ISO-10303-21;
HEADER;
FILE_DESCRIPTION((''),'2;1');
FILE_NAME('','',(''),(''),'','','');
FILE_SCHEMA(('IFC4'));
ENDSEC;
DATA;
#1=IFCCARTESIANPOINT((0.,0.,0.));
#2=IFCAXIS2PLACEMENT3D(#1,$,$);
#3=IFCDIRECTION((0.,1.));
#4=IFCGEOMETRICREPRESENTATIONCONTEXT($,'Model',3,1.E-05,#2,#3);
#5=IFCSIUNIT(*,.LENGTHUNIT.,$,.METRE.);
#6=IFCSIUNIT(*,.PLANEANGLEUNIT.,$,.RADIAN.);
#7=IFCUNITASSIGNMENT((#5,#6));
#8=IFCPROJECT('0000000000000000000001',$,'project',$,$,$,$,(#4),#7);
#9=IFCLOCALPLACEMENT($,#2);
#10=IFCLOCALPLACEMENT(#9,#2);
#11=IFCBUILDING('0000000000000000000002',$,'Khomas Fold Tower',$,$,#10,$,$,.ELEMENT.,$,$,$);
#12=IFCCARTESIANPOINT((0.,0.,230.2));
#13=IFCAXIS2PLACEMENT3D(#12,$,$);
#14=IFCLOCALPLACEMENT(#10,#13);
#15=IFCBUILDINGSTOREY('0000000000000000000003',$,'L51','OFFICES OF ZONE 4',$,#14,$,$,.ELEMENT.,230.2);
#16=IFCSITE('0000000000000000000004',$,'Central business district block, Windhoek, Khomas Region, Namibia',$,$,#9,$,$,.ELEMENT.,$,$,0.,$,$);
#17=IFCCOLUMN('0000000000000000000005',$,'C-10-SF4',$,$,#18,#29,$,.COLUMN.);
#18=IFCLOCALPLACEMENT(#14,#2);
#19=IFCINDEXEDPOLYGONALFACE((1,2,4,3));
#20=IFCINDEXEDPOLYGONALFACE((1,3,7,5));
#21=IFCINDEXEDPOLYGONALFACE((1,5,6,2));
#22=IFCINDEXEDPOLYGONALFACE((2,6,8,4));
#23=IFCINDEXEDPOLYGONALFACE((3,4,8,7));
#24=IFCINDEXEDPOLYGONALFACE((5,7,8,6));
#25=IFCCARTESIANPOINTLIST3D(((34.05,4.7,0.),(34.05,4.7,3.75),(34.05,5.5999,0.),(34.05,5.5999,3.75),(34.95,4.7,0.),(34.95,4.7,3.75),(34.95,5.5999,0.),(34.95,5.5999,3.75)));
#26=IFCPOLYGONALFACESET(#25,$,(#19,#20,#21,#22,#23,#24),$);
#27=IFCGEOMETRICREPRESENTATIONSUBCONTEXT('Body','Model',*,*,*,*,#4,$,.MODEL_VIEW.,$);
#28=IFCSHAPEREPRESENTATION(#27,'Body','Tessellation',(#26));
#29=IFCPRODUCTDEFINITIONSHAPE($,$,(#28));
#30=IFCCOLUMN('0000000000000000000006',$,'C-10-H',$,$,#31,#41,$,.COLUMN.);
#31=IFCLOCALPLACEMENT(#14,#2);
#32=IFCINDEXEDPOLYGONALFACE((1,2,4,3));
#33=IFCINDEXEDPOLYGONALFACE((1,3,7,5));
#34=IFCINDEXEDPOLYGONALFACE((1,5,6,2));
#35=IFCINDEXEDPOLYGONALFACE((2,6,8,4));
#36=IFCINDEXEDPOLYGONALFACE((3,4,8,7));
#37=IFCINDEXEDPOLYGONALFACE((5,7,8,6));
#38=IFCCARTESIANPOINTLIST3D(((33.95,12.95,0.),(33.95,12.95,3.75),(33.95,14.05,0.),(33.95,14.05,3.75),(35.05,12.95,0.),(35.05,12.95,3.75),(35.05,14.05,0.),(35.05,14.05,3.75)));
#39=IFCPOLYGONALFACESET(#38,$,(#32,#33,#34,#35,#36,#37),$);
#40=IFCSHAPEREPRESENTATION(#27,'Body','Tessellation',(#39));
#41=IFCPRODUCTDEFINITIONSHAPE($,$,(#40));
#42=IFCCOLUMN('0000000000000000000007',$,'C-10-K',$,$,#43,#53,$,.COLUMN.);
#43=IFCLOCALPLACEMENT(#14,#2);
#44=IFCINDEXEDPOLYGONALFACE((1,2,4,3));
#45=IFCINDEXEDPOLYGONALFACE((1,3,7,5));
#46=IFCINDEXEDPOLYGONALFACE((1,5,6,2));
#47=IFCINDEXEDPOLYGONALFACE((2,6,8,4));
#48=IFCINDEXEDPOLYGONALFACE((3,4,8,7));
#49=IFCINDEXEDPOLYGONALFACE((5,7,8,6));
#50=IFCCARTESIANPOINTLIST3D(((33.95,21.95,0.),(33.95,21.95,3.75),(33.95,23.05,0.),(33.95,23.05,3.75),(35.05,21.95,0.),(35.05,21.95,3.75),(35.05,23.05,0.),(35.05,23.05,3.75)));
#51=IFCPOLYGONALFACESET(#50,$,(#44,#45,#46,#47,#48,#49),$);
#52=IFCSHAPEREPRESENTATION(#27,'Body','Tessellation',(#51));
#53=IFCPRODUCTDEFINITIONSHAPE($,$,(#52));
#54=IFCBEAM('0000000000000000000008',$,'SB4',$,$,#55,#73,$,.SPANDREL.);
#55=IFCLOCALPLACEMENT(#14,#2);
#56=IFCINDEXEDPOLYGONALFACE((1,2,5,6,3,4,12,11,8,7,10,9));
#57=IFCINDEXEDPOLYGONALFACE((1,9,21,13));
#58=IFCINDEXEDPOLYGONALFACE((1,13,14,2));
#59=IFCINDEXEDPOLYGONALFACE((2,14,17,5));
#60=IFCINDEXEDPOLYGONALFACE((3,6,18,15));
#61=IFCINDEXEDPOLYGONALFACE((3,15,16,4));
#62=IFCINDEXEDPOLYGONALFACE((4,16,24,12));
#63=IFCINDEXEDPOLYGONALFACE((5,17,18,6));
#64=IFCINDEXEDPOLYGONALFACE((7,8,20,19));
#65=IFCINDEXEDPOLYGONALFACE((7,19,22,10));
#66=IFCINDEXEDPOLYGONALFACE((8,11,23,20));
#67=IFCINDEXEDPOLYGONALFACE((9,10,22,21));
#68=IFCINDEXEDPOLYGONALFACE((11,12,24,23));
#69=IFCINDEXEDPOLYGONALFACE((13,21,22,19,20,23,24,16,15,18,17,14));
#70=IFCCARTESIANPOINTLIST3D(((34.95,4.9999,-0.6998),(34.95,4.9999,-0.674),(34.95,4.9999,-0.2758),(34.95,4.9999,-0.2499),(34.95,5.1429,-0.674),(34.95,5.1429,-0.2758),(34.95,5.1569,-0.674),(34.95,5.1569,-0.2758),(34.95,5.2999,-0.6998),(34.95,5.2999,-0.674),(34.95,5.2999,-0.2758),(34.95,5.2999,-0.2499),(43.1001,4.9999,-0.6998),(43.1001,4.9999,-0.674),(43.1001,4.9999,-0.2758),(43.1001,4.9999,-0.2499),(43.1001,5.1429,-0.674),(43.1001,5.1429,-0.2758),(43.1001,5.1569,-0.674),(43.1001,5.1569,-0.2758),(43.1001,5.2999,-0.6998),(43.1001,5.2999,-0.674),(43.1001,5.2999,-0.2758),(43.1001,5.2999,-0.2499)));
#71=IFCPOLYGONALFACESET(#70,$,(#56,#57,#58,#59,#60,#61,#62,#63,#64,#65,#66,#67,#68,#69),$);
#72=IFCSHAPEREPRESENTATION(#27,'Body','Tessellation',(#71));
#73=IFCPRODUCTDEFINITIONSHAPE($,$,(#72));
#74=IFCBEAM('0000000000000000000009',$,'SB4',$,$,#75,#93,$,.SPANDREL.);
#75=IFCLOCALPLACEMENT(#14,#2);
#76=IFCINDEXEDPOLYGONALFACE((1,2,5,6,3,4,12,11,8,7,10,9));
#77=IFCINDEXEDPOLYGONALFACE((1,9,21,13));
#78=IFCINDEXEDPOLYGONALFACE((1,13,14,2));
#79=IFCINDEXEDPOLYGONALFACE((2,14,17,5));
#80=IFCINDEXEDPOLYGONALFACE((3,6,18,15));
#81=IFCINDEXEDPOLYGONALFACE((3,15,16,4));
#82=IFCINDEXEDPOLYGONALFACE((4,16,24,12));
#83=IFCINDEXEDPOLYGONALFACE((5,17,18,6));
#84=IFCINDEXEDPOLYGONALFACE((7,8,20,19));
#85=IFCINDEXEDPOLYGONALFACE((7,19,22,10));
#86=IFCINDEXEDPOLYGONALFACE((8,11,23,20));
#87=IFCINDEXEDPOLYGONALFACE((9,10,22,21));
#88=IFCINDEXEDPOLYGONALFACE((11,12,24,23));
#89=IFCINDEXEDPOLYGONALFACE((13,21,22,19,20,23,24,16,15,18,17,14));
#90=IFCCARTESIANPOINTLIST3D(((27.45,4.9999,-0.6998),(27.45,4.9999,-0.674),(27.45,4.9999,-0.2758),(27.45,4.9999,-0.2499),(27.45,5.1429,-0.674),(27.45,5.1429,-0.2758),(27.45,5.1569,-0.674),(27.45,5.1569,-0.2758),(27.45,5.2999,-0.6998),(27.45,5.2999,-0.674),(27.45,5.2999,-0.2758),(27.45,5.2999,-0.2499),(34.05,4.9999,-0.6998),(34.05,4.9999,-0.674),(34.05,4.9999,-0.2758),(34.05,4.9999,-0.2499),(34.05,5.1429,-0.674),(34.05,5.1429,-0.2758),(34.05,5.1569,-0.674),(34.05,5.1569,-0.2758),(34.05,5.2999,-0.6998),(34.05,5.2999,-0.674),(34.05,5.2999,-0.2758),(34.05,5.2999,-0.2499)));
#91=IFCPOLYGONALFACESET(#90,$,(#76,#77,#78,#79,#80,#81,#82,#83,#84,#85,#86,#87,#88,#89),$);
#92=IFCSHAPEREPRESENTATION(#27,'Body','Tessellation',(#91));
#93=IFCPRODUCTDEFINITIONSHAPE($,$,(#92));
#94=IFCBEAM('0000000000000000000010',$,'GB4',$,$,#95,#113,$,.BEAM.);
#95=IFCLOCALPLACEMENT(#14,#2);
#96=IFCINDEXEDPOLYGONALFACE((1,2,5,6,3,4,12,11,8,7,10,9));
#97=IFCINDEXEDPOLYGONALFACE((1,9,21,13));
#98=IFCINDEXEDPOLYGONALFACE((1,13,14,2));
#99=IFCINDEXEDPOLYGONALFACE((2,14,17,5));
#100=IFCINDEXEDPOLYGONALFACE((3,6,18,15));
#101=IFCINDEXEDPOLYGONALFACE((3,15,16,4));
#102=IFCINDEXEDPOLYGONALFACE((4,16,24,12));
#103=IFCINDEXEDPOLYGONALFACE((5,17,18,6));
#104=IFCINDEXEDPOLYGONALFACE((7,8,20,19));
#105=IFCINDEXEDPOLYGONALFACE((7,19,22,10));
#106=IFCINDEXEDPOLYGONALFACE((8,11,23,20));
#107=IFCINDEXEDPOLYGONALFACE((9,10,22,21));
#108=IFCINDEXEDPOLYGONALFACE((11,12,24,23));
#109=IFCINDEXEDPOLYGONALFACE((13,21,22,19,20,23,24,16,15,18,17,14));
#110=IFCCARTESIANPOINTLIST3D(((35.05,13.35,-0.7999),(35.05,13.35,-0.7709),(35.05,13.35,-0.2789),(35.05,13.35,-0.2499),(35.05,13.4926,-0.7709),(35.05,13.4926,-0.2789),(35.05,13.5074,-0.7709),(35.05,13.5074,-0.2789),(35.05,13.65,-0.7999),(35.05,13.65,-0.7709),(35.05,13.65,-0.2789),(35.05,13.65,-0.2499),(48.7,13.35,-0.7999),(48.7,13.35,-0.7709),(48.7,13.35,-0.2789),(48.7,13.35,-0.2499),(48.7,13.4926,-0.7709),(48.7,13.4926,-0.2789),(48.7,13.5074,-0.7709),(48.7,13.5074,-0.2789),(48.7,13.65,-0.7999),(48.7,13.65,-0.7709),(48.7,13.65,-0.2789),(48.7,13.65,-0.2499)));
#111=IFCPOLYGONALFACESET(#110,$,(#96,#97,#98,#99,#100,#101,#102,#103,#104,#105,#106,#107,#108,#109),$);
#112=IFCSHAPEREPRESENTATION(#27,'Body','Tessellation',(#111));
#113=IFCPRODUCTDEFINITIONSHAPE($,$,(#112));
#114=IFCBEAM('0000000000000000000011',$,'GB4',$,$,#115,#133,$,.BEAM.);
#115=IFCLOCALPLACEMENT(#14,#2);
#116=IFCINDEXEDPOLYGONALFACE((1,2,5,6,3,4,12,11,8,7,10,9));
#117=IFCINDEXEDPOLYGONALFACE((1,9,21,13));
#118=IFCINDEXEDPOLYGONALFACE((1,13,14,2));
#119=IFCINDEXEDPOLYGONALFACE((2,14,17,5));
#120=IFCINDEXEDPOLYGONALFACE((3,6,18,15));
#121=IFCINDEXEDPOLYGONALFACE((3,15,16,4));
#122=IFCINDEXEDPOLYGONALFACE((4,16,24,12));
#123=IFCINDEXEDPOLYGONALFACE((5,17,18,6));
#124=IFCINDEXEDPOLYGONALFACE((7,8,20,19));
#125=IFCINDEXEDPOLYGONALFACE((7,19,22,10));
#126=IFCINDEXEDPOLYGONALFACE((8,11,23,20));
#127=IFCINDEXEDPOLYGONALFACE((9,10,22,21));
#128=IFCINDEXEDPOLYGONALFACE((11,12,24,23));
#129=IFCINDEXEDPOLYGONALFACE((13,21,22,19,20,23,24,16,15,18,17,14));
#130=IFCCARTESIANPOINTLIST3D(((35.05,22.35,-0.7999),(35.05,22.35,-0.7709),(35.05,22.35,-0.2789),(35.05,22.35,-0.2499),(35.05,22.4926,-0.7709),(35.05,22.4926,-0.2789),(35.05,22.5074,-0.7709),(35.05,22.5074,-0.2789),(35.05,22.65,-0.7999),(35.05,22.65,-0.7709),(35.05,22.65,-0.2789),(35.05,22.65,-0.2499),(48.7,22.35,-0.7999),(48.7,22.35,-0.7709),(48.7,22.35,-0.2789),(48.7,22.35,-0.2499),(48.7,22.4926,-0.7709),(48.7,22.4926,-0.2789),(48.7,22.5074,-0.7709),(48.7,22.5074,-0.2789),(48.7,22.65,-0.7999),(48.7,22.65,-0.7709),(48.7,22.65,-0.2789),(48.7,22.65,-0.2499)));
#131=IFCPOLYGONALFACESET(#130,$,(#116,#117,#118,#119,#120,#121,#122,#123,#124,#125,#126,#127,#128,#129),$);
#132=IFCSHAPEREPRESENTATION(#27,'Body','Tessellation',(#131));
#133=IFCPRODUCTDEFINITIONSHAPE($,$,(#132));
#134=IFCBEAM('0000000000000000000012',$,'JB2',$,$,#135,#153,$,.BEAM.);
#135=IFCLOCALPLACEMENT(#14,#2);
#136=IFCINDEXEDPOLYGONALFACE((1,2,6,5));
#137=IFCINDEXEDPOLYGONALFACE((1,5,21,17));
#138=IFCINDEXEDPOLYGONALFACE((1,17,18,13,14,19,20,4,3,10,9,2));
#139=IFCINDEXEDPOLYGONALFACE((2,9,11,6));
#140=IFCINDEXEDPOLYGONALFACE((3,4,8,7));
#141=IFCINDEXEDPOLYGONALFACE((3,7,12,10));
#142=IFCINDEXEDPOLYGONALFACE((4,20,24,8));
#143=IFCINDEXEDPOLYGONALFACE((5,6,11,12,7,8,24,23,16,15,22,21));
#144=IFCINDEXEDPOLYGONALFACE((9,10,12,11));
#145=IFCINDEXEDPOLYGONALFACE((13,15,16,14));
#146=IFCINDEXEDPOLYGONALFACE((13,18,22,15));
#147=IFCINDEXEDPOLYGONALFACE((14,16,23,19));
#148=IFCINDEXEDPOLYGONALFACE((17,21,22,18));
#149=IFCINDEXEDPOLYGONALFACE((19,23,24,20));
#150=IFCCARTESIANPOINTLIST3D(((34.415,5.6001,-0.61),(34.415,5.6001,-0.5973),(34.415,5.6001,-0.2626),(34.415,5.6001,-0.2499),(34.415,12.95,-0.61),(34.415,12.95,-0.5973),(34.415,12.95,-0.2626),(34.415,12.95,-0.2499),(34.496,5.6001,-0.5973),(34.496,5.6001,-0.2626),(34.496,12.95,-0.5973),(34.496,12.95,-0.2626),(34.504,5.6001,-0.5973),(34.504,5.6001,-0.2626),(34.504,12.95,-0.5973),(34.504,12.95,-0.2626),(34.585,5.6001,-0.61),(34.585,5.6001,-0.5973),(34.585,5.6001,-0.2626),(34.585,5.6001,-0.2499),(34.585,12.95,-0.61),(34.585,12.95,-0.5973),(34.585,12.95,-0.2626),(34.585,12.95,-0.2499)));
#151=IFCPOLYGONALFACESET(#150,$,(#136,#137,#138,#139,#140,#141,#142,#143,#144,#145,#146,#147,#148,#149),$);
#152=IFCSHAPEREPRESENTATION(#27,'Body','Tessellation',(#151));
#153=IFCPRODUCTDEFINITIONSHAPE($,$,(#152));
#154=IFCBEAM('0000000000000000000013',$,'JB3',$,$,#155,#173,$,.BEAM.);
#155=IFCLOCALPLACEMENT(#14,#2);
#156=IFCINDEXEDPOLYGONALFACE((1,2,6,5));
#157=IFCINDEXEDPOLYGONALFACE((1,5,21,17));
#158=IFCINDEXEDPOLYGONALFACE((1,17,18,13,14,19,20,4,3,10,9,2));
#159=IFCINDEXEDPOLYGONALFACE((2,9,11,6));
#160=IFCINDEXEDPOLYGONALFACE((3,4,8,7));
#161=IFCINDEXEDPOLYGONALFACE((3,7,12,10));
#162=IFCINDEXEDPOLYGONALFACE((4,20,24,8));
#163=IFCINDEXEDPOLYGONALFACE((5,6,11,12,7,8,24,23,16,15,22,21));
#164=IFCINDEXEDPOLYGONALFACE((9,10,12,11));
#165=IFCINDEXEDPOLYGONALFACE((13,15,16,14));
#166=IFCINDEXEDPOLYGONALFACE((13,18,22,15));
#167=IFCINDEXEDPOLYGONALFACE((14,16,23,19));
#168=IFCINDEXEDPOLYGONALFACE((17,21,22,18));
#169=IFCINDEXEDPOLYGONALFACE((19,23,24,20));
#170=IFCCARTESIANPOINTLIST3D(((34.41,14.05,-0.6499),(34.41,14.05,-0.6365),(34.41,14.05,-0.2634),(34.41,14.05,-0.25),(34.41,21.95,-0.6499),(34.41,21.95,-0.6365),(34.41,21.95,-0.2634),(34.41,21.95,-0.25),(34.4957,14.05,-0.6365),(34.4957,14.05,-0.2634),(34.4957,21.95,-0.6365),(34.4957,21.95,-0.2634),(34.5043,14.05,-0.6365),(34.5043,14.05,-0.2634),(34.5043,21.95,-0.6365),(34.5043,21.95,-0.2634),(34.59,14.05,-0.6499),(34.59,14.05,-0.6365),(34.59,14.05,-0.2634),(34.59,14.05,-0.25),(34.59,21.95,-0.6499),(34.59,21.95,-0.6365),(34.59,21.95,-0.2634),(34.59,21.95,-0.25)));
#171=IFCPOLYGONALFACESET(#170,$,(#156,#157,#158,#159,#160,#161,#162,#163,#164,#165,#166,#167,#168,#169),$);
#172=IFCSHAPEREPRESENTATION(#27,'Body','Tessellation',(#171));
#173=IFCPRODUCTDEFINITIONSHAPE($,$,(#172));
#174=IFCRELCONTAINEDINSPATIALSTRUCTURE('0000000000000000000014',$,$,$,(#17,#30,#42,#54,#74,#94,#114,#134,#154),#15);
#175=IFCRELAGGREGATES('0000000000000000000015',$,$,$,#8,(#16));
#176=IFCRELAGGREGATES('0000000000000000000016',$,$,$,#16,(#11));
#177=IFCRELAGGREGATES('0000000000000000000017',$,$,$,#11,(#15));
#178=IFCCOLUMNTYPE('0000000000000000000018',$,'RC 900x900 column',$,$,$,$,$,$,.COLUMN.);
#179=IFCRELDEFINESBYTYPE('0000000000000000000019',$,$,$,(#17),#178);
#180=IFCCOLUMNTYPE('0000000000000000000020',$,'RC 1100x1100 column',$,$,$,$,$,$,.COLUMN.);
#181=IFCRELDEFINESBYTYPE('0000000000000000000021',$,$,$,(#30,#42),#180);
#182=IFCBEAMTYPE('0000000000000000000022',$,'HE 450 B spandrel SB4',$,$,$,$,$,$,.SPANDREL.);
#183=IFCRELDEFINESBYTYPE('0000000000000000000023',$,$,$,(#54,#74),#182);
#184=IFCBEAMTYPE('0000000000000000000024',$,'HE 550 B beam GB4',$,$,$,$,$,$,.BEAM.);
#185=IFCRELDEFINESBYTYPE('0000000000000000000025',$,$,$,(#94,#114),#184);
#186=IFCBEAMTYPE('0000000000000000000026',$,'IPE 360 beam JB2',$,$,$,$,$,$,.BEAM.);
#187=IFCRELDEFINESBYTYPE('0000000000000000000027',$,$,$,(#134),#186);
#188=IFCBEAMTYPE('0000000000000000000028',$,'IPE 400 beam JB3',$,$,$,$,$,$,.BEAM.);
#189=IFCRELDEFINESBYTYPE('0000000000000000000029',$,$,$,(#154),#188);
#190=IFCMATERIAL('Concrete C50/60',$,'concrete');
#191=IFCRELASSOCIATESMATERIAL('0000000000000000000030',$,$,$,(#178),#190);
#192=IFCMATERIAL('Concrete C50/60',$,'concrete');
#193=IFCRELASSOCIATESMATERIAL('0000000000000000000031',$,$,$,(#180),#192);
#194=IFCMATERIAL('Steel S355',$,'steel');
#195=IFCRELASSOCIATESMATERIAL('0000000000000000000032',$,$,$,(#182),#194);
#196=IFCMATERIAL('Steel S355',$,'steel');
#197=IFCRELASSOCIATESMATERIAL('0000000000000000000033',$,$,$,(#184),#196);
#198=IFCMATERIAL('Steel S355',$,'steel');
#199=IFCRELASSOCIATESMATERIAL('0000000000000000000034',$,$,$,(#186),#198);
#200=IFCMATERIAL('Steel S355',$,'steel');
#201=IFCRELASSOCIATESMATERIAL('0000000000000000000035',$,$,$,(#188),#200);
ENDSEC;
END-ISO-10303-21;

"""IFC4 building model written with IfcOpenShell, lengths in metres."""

from ifc_helpers import new_model, si_unit, direction, frame, origin, origin_2d, place, context, subcontext, project, spatial, rectangle, i_section, extrude, source, transform, mapped, material, material_profile, profile_set, type_object, element, save


model = new_model("IFC4")

# Units and contexts
model_context = context("Model", 3, precision=1e-05, world=origin(), true_north=direction((0.0, 1.0)))
body_context = subcontext(model_context, "Body", "Model", "MODEL_VIEW")
ifc_project = project(units=[si_unit("LENGTHUNIT", "METRE"), si_unit("PLANEANGLEUNIT", "RADIAN")], contexts=[model_context])

# Site, building, storey
site_placement = place(None, origin())
site = spatial("IfcSite", under=ifc_project, at=site_placement, Name="Central business district block, Windhoek, Khomas Region, Namibia", CompositionType="ELEMENT", RefElevation=0.0)
building_placement = place(site_placement, origin())
building = spatial("IfcBuilding", under=site, at=building_placement, Name="Khomas Fold Tower", CompositionType="ELEMENT")
storey_placement = place(building_placement, frame((0.0, 0.0, 230.2)))
storey = spatial("IfcBuildingStorey", under=building, at=storey_placement, Name="L51", Description="OFFICES OF ZONE 4", CompositionType="ELEMENT", Elevation=230.2)

# Columns
ifc_material_1 = material(Name="Concrete C50/60", Category="concrete")
ifc_material_profile_1 = material_profile(ifc_material_1, rectangle(XDim=0.8999, YDim=0.8999, at=origin_2d()), Name="RC 900x900")
ifc_profile_set_1 = profile_set([ifc_material_profile_1], Name="Concrete C50/60")
column_type_1 = type_object("IfcColumnType", Name="RC 900x900 column", PredefinedType="COLUMN", material=ifc_profile_set_1)
shared_shape_1 = source(origin(), body_context, "Body", "SweptSolid", [
    extrude(rectangle(XDim=0.8999, YDim=0.8999, at=origin_2d()), origin(), (0.0, 0.0, 1.0), 3.75),
])
column_placement = place(storey_placement, frame((34.5, 5.1499, 0.0), z_axis=(0.0, 0.0, 1.0), x_axis=(1.0, 0.0, 0.0)))
element("IfcColumn", 1, at=column_placement, inside=storey, type_object=column_type_1, Name="C-10-SF4", PredefinedType="COLUMN", context=body_context, shape_type="MappedRepresentation", body=[
    mapped(shared_shape_1, transform((0.0, 0.0, 0.0))),
])
ifc_material_2 = material(Name="Concrete C50/60", Category="concrete")
ifc_material_profile_2 = material_profile(ifc_material_2, rectangle(XDim=1.1001, YDim=1.1001, at=origin_2d()), Name="RC 1100x1100")
ifc_profile_set_2 = profile_set([ifc_material_profile_2], Name="Concrete C50/60")
column_type_2 = type_object("IfcColumnType", Name="RC 1100x1100 column", PredefinedType="COLUMN", material=ifc_profile_set_2)
shared_shape_2 = source(origin(), body_context, "Body", "SweptSolid", [
    extrude(rectangle(XDim=1.1001, YDim=1.1001, at=origin_2d()), origin(), (0.0, 0.0, 1.0), 3.75),
])
for number, where, z_axis, x_axis, name in (
    (2, (34.5, 13.5, 0.0), (0.0, 0.0, 1.0), (1.0, 0.0, 0.0), "C-10-H"),
    (3, (34.5, 22.5, 0.0), (0.0, 0.0, 1.0), (1.0, 0.0, 0.0), "C-10-K"),
):
    element("IfcColumn", number, at=place(storey_placement, frame(where, z_axis=z_axis, x_axis=x_axis)), inside=storey, type_object=column_type_2, Name=name, PredefinedType="COLUMN", context=body_context, shape_type="MappedRepresentation", body=[
        mapped(shared_shape_2, transform((0.0, 0.0, 0.0))),
    ])

# Beams
ifc_material_3 = material(Name="Steel S355", Category="steel")
ifc_material_profile_3 = material_profile(ifc_material_3, i_section(OverallWidth=0.3, OverallDepth=0.45, WebThickness=0.0139, FlangeThickness=0.0259, at=origin_2d()), Name="HE 450 B")
ifc_profile_set_3 = profile_set([ifc_material_profile_3], Name="Steel S355")
beam_type_1 = type_object("IfcBeamType", Name="HE 450 B spandrel SB4", PredefinedType="SPANDREL", material=ifc_profile_set_3)
shared_shape_3 = source(origin(), body_context, "Body", "SweptSolid", [
    extrude(i_section(OverallWidth=0.3, OverallDepth=0.45, WebThickness=0.0139, FlangeThickness=0.0259, at=origin_2d()), origin(), (0.0, 0.0, 1.0), 8.1501),
])
beam_1_placement = place(storey_placement, frame((34.95, 5.1499, -0.4749), z_axis=(1.0, 0.0, 0.0), x_axis=(0.0, 1.0, 0.0)))
element("IfcBeam", 4, at=beam_1_placement, inside=storey, type_object=beam_type_1, Name="SB4", PredefinedType="SPANDREL", context=body_context, shape_type="MappedRepresentation", body=[
    mapped(shared_shape_3, transform((0.0, 0.0, 0.0))),
])
shared_shape_4 = source(origin(), body_context, "Body", "SweptSolid", [
    extrude(i_section(OverallWidth=0.3, OverallDepth=0.45, WebThickness=0.0139, FlangeThickness=0.0259, at=origin_2d()), origin(), (0.0, 0.0, 1.0), 6.6001),
])
beam_2_placement = place(storey_placement, frame((27.45, 5.1499, -0.4749), z_axis=(1.0, 0.0, 0.0), x_axis=(0.0, 1.0, 0.0)))
element("IfcBeam", 5, at=beam_2_placement, inside=storey, type_object=beam_type_1, Name="SB4", PredefinedType="SPANDREL", context=body_context, shape_type="MappedRepresentation", body=[
    mapped(shared_shape_4, transform((0.0, 0.0, 0.0))),
])
ifc_material_4 = material(Name="Steel S355", Category="steel")
ifc_material_profile_4 = material_profile(ifc_material_4, i_section(OverallWidth=0.3, OverallDepth=0.55, WebThickness=0.0149, FlangeThickness=0.0291, at=origin_2d()), Name="HE 550 B")
ifc_profile_set_4 = profile_set([ifc_material_profile_4], Name="Steel S355")
beam_type_2 = type_object("IfcBeamType", Name="HE 550 B beam GB4", PredefinedType="BEAM", material=ifc_profile_set_4)
shared_shape_5 = source(origin(), body_context, "Body", "SweptSolid", [
    extrude(i_section(OverallWidth=0.3, OverallDepth=0.55, WebThickness=0.0149, FlangeThickness=0.0291, at=origin_2d()), origin(), (0.0, 0.0, 1.0), 13.6499),
])
for number, where, z_axis, x_axis, name in (
    (6, (35.05, 13.5, -0.5249), (1.0, 0.0, 0.0), (0.0, 1.0, 0.0), "GB4"),
    (7, (35.05, 22.5, -0.5249), (1.0, 0.0, 0.0), (0.0, 1.0, 0.0), "GB4"),
):
    element("IfcBeam", number, at=place(storey_placement, frame(where, z_axis=z_axis, x_axis=x_axis)), inside=storey, type_object=beam_type_2, Name=name, PredefinedType="BEAM", context=body_context, shape_type="MappedRepresentation", body=[
        mapped(shared_shape_5, transform((0.0, 0.0, 0.0))),
    ])
ifc_material_5 = material(Name="Steel S355", Category="steel")
ifc_material_profile_5 = material_profile(ifc_material_5, i_section(OverallWidth=0.1699, OverallDepth=0.3601, WebThickness=0.0081, FlangeThickness=0.0127, at=origin_2d()), Name="IPE 360")
ifc_profile_set_5 = profile_set([ifc_material_profile_5], Name="Steel S355")
beam_type_3 = type_object("IfcBeamType", Name="IPE 360 beam JB2", PredefinedType="BEAM", material=ifc_profile_set_5)
shared_shape_6 = source(origin(), body_context, "Body", "SweptSolid", [
    extrude(i_section(OverallWidth=0.1699, OverallDepth=0.3601, WebThickness=0.0081, FlangeThickness=0.0127, at=origin_2d()), origin(), (0.0, 0.0, 1.0), 7.3499),
])
beam_3_placement = place(storey_placement, frame((34.5, 5.6001, -0.4299), z_axis=(0.0, 1.0, 0.0), x_axis=(-1.0, 0.0, 0.0)))
element("IfcBeam", 8, at=beam_3_placement, inside=storey, type_object=beam_type_3, Name="JB2", PredefinedType="BEAM", context=body_context, shape_type="MappedRepresentation", body=[
    mapped(shared_shape_6, transform((0.0, 0.0, 0.0))),
])
ifc_material_6 = material(Name="Steel S355", Category="steel")
ifc_material_profile_6 = material_profile(ifc_material_6, i_section(OverallWidth=0.1799, OverallDepth=0.3999, WebThickness=0.0085, FlangeThickness=0.0134, at=origin_2d()), Name="IPE 400")
ifc_profile_set_6 = profile_set([ifc_material_profile_6], Name="Steel S355")
beam_type_4 = type_object("IfcBeamType", Name="IPE 400 beam JB3", PredefinedType="BEAM", material=ifc_profile_set_6)
shared_shape_7 = source(origin(), body_context, "Body", "SweptSolid", [
    extrude(i_section(OverallWidth=0.1799, OverallDepth=0.3999, WebThickness=0.0085, FlangeThickness=0.0134, at=origin_2d()), origin(), (0.0, 0.0, 1.0), 7.8999),
])
for number, where, z_axis, x_axis, name in (
    (9, (34.5, 14.05, -0.45), (0.0, 1.0, 0.0), (-1.0, 0.0, 0.0), "JB3"),
):
    element("IfcBeam", number, at=place(storey_placement, frame(where, z_axis=z_axis, x_axis=x_axis)), inside=storey, type_object=beam_type_4, Name=name, PredefinedType="BEAM", context=body_context, shape_type="MappedRepresentation", body=[
        mapped(shared_shape_7, transform((0.0, 0.0, 0.0))),
    ])

save(model, "model.ifc")
